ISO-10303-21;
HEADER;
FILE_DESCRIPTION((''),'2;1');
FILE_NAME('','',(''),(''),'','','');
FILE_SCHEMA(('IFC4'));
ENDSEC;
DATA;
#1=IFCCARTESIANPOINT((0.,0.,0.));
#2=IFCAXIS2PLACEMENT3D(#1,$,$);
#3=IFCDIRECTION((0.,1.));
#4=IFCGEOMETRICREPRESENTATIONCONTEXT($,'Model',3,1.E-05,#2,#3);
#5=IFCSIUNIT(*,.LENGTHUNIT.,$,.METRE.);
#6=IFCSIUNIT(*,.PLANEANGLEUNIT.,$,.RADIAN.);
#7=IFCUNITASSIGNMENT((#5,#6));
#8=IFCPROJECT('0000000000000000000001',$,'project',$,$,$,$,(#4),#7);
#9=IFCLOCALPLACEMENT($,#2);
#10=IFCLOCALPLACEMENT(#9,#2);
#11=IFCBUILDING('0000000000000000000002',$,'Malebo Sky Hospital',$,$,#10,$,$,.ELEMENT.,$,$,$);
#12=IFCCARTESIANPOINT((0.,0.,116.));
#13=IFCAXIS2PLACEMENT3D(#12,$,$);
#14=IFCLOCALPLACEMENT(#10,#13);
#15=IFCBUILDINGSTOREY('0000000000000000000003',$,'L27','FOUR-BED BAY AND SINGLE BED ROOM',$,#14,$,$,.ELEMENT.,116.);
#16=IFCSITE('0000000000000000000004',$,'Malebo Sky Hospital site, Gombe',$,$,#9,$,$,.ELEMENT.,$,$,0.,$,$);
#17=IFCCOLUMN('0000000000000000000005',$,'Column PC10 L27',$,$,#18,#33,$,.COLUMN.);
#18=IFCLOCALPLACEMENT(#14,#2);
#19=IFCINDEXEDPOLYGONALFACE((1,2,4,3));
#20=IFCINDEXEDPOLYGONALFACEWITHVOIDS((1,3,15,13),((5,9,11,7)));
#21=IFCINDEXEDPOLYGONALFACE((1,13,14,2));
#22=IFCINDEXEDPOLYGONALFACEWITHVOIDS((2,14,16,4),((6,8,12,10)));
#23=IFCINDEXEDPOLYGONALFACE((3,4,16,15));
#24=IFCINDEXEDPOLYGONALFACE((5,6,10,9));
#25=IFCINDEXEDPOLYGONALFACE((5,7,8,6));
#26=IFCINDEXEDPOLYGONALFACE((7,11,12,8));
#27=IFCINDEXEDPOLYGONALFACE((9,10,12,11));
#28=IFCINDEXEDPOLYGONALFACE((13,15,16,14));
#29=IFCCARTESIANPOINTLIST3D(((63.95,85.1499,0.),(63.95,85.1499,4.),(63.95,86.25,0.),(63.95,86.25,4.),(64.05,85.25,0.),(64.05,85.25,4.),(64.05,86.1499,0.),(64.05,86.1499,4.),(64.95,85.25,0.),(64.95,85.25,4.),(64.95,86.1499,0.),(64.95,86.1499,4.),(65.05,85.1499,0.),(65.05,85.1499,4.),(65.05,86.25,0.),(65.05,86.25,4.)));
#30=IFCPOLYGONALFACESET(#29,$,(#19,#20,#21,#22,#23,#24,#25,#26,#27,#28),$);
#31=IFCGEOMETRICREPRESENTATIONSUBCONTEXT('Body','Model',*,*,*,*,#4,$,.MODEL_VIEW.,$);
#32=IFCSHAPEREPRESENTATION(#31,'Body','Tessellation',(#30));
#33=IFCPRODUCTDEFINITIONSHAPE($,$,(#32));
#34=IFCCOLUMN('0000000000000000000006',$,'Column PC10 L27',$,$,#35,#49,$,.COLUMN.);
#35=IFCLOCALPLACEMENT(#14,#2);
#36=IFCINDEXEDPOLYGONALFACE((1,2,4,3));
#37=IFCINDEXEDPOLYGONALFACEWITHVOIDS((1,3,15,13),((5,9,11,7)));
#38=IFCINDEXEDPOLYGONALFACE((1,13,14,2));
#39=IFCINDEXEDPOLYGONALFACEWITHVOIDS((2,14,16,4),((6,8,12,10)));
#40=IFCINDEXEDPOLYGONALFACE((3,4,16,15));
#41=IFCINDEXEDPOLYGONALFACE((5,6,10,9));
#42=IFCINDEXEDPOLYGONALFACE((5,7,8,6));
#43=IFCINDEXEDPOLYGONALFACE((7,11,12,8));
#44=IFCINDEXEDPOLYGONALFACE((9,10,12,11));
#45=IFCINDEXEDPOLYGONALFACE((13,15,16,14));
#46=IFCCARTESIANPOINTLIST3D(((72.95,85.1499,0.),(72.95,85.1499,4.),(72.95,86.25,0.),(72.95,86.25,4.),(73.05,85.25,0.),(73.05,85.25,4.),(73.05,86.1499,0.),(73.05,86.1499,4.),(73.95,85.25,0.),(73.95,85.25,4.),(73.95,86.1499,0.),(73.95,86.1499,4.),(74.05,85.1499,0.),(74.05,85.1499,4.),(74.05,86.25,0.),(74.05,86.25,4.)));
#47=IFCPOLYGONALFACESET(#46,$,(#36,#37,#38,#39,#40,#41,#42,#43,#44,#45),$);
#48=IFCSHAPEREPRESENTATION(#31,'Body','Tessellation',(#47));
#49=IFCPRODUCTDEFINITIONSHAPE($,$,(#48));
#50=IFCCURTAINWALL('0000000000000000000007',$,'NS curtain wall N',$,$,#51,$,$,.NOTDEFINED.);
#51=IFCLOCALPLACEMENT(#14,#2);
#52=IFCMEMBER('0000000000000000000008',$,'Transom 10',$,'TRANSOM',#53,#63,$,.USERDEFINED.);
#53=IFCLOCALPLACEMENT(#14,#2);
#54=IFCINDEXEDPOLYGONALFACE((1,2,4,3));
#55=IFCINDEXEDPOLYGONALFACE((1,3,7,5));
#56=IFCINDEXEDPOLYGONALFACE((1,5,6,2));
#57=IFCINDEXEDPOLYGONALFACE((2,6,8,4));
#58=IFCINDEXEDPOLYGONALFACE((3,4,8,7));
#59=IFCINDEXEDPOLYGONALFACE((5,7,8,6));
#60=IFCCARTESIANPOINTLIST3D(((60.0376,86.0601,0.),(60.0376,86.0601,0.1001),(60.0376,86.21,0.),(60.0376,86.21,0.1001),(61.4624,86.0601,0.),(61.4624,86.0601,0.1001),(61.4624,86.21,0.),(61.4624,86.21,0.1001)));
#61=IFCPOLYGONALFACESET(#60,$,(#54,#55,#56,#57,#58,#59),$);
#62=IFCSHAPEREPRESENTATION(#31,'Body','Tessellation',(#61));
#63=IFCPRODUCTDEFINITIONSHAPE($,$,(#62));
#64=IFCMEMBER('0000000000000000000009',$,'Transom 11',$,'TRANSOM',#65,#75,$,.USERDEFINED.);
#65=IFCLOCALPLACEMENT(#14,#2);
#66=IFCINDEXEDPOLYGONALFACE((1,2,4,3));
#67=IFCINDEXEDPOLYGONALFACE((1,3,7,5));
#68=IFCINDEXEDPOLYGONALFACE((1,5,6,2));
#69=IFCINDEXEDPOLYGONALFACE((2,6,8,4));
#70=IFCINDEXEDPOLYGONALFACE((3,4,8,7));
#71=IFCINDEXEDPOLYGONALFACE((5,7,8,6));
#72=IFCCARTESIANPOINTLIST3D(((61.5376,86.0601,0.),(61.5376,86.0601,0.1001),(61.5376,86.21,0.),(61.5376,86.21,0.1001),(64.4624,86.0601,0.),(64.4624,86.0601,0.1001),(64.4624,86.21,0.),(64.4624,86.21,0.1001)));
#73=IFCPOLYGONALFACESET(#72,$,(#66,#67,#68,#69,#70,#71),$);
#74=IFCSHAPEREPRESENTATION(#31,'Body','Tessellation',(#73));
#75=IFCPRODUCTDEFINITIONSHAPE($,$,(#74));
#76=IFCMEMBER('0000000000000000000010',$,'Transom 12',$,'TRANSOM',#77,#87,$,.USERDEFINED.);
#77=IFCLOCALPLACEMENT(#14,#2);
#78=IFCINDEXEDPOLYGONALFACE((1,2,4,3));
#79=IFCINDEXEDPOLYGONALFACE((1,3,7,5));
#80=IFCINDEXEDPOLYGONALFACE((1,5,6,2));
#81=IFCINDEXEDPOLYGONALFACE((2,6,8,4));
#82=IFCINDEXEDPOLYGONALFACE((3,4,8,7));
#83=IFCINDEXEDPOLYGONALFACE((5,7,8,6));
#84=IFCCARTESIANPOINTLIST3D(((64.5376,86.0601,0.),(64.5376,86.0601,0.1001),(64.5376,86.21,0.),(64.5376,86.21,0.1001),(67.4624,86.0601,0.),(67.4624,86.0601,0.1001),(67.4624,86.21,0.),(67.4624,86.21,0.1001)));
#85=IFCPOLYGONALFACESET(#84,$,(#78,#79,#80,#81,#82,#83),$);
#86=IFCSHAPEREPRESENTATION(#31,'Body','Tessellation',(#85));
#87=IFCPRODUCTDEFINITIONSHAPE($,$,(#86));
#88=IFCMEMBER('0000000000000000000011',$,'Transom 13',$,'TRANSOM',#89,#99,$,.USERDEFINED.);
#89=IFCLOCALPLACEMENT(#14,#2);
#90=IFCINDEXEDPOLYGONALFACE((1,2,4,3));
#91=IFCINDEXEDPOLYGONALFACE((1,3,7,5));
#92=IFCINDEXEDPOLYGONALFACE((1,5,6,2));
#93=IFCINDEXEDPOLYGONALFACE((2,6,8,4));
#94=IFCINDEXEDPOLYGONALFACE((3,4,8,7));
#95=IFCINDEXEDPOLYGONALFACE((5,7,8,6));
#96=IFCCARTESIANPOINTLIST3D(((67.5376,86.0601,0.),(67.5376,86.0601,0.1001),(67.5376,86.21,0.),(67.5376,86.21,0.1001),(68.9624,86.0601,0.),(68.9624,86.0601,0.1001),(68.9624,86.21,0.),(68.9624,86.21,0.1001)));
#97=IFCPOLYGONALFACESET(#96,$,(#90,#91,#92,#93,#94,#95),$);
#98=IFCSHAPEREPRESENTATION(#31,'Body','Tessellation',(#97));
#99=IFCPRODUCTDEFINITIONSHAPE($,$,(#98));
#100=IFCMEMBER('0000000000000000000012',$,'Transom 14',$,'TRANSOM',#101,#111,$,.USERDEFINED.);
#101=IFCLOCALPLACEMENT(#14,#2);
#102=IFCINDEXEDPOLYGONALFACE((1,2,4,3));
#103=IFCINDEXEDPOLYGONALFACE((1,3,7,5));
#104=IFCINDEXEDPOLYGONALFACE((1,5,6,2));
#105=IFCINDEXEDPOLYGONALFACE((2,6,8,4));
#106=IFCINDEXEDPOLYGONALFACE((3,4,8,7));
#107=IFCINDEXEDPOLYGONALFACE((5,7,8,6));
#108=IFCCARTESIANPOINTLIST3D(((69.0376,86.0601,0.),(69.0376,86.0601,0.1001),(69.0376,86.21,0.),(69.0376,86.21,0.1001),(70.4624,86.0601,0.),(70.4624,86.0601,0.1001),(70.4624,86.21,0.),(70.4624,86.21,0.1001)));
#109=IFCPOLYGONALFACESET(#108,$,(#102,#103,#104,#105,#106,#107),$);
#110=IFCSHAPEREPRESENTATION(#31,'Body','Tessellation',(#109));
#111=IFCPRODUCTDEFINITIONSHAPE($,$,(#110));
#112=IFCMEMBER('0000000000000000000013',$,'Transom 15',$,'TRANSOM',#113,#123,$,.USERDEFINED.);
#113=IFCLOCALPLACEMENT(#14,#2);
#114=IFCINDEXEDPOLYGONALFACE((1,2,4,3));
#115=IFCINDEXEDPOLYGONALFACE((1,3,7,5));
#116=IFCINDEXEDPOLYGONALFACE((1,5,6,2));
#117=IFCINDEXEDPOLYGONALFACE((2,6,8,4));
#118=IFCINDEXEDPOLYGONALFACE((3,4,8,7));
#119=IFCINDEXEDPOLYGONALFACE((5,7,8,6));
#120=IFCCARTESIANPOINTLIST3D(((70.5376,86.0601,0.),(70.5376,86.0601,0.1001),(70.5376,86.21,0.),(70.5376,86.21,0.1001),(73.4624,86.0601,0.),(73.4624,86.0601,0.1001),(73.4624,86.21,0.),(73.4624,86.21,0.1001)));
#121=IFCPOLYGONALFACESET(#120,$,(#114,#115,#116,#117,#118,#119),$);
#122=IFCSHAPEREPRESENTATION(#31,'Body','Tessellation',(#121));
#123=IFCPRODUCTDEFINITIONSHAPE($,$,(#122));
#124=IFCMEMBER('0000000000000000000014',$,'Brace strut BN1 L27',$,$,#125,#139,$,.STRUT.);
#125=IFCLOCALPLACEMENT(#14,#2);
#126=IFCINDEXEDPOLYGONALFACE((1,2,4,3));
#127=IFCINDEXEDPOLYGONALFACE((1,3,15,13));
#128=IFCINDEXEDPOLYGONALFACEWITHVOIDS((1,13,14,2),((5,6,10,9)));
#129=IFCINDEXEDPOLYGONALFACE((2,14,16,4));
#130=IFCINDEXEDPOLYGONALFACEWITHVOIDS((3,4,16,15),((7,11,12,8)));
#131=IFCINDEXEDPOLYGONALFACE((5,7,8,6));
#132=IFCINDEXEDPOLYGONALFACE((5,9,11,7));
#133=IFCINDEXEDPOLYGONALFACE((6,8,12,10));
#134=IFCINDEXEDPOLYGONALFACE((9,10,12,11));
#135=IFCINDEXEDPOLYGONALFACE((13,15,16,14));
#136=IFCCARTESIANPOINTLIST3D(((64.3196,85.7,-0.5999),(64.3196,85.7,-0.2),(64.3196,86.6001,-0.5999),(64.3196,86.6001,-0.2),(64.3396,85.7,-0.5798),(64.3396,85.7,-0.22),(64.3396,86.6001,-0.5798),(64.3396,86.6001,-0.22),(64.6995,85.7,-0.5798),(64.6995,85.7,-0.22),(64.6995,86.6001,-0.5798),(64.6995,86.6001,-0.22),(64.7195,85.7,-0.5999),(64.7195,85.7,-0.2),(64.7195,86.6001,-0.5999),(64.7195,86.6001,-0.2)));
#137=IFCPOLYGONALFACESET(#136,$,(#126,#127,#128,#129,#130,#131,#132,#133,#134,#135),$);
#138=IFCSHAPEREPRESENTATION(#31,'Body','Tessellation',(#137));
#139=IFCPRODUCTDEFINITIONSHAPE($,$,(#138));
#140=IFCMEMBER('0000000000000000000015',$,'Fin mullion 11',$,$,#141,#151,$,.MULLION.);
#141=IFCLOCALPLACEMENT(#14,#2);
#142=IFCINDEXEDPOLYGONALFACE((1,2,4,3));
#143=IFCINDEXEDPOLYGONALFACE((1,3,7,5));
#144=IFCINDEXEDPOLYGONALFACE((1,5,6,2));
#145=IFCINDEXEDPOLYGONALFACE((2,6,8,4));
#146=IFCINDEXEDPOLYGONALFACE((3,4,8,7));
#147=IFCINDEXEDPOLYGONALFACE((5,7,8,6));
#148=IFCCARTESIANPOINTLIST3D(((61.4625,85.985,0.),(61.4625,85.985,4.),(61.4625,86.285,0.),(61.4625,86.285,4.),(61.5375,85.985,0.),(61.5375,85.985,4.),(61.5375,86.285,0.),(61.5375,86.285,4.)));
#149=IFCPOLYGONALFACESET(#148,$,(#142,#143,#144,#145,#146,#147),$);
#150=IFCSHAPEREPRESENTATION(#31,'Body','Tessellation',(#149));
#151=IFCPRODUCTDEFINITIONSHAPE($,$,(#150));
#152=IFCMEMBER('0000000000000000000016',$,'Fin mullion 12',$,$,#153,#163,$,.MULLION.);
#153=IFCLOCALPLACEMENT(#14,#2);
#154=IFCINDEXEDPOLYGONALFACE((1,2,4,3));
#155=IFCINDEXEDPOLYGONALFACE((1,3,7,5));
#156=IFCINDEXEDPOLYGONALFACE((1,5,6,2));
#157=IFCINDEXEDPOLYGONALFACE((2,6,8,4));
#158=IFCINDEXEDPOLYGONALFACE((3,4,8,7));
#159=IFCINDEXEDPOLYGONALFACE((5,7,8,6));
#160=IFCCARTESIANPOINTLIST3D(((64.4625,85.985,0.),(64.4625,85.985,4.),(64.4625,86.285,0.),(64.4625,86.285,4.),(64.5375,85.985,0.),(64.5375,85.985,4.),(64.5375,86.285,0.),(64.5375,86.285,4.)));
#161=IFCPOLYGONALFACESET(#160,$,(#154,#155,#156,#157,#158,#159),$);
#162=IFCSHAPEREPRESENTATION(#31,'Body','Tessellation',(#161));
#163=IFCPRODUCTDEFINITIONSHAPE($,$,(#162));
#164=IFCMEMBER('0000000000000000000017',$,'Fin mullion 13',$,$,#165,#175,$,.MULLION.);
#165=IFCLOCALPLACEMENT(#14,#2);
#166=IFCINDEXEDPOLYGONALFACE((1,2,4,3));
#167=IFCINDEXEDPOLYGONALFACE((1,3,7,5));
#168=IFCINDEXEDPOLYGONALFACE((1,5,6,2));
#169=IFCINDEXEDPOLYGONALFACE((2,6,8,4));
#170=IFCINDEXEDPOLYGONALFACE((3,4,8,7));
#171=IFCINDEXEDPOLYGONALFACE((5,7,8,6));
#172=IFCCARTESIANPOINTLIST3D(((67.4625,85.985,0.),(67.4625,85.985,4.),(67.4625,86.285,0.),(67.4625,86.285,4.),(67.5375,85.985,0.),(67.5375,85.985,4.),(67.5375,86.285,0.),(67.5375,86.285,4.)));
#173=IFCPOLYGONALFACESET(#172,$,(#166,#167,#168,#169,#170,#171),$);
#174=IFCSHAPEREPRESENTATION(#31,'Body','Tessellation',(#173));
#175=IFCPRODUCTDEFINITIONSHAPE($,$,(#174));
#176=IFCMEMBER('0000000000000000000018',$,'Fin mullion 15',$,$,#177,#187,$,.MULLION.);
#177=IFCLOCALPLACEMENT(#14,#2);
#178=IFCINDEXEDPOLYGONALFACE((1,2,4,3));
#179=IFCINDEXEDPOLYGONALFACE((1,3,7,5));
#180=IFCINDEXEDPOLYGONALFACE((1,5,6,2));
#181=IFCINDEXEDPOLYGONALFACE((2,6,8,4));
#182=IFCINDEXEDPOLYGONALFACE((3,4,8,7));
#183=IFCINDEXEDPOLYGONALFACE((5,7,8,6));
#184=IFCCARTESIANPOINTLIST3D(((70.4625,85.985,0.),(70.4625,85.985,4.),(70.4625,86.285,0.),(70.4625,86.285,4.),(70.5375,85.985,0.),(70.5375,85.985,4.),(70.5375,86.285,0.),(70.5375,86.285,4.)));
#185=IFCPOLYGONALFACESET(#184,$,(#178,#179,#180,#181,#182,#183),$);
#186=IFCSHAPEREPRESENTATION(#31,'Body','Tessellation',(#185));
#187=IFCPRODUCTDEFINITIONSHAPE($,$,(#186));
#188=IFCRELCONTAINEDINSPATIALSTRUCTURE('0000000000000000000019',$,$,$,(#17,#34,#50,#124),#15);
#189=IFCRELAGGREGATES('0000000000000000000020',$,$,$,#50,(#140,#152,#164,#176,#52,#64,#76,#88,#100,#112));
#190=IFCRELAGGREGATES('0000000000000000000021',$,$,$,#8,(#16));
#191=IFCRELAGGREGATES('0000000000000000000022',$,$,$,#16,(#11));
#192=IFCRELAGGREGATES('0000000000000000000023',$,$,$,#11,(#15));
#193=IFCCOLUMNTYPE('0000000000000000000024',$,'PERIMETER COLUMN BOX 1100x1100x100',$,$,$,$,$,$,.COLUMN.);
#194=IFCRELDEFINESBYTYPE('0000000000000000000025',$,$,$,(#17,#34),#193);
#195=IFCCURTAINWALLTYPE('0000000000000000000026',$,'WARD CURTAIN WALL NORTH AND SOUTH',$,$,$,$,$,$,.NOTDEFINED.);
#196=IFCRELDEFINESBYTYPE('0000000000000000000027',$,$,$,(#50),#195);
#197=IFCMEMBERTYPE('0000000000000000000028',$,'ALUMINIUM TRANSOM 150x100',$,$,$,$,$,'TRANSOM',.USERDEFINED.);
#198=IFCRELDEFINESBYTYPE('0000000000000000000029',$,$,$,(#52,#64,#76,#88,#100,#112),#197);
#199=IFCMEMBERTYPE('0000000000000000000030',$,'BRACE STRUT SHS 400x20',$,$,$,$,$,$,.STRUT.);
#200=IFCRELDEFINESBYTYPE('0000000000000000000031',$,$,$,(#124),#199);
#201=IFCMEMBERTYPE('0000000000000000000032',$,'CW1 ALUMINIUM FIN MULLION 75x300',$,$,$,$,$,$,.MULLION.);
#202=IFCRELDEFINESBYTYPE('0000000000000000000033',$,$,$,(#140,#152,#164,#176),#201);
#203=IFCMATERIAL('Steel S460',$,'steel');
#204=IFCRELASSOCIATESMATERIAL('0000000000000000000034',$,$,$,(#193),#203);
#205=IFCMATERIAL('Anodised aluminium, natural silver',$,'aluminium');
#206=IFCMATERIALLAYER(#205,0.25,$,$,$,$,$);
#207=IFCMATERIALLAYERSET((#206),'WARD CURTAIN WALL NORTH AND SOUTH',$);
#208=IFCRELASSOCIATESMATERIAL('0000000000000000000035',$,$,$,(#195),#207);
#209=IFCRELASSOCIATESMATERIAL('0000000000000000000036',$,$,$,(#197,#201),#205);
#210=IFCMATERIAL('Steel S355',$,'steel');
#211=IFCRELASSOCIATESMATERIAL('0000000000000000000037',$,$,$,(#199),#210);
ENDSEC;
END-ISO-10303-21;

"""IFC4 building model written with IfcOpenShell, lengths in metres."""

from ifc_helpers import new_model, si_unit, direction, frame, origin, origin_2d, place, context, subcontext, project, spatial, rectangle, hollow_rectangle, extrude, material, layer, layer_set, material_profile, profile_set, type_object, element, aggregate, save


model = new_model("IFC4")

# Units and contexts
model_context = context("Model", 3, precision=1e-05, world=origin(), true_north=direction((0.0, 1.0)))
body_context = subcontext(model_context, "Body", "Model", "MODEL_VIEW")
ifc_project = project(units=[si_unit("LENGTHUNIT", "METRE"), si_unit("PLANEANGLEUNIT", "RADIAN")], contexts=[model_context])

# Site, building, storey
site_placement = place(None, origin())
site = spatial("IfcSite", under=ifc_project, at=site_placement, Name="Malebo Sky Hospital site, Gombe", CompositionType="ELEMENT", RefElevation=0.0)
building_placement = place(site_placement, origin())
building = spatial("IfcBuilding", under=site, at=building_placement, Name="Malebo Sky Hospital", CompositionType="ELEMENT")
storey_placement = place(building_placement, frame((0.0, 0.0, 116.0)))
storey = spatial("IfcBuildingStorey", under=building, at=storey_placement, Name="L27", Description="FOUR-BED BAY AND SINGLE BED ROOM", CompositionType="ELEMENT", Elevation=116.0)

# Columns
ifc_material_1 = material(Name="Steel S460", Category="steel")
ifc_material_profile_1 = material_profile(ifc_material_1, hollow_rectangle(XDim=1.1001, YDim=1.1001, WallThickness=0.1001, at=origin_2d()), Name="BOX 1100x1100x100")
ifc_profile_set_1 = profile_set([ifc_material_profile_1], Name="Steel S460")
column_type = type_object("IfcColumnType", Name="PERIMETER COLUMN BOX 1100x1100x100", PredefinedType="COLUMN", material=ifc_profile_set_1)
for number, where, z_axis, x_axis, name in (
    (1, (64.5, 85.7, 0.0), (0.0, 0.0, 1.0), (1.0, 0.0, 0.0), "Column PC10 L27"),
    (2, (73.5, 85.7, 0.0), (0.0, 0.0, 1.0), (1.0, 0.0, 0.0), "Column PC10 L27"),
):
    element("IfcColumn", number, at=place(storey_placement, frame(where, z_axis=z_axis, x_axis=x_axis)), inside=storey, type_object=column_type, Name=name, PredefinedType="COLUMN", context=body_context, shape_type="SweptSolid", body=[
        extrude(hollow_rectangle(XDim=1.1001, YDim=1.1001, WallThickness=0.1001, at=origin_2d()), origin(), (0.0, 0.0, 1.0), 4.0),
    ])

# Curtain wall, members
ifc_material_2 = material(Name="Anodised aluminium, natural silver", Category="aluminium")
ifc_layer_1 = layer(ifc_material_2, 0.25)
ifc_layer_set_1 = layer_set([ifc_layer_1], Name="WARD CURTAIN WALL NORTH AND SOUTH")
curtain_wall_type = type_object("IfcCurtainWallType", Name="WARD CURTAIN WALL NORTH AND SOUTH", PredefinedType="NOTDEFINED", material=ifc_layer_set_1)
curtain_wall_placement = place(storey_placement, origin())
curtain_wall = element("IfcCurtainWall", 3, at=curtain_wall_placement, inside=storey, type_object=curtain_wall_type, Name="NS curtain wall N", PredefinedType="NOTDEFINED")
ifc_material_profile_2 = material_profile(ifc_material_2, rectangle(XDim=0.1499, YDim=0.1001, at=origin_2d()), Name="ALUMINIUM TRANSOM 150x100")
ifc_profile_set_2 = profile_set([ifc_material_profile_2], Name="Anodised aluminium, natural silver")
member_type_1 = type_object("IfcMemberType", Name="ALUMINIUM TRANSOM 150x100", ElementType="TRANSOM", PredefinedType="USERDEFINED", material=ifc_profile_set_2)
member_1_placement = place(storey_placement, frame((60.0376, 86.135, 0.05), z_axis=(1.0, 0.0, 0.0), x_axis=(0.0, 1.0, 0.0)))
member_1 = element("IfcMember", 4, at=member_1_placement, type_object=member_type_1, Name="Transom 10", ObjectType="TRANSOM", PredefinedType="USERDEFINED", context=body_context, shape_type="SweptSolid", body=[
    extrude(rectangle(XDim=0.1499, YDim=0.1001, at=origin_2d()), origin(), (0.0, 0.0, 1.0), 1.4248),
])
member_2_placement = place(storey_placement, frame((61.5376, 86.135, 0.05), z_axis=(1.0, 0.0, 0.0), x_axis=(0.0, 1.0, 0.0)))
member_2 = element("IfcMember", 5, at=member_2_placement, type_object=member_type_1, Name="Transom 11", ObjectType="TRANSOM", PredefinedType="USERDEFINED", context=body_context, shape_type="SweptSolid", body=[
    extrude(rectangle(XDim=0.1499, YDim=0.1001, at=origin_2d()), origin(), (0.0, 0.0, 1.0), 2.9248),
])
member_3_placement = place(storey_placement, frame((64.5376, 86.135, 0.05), z_axis=(1.0, 0.0, 0.0), x_axis=(0.0, 1.0, 0.0)))
member_3 = element("IfcMember", 6, at=member_3_placement, type_object=member_type_1, Name="Transom 12", ObjectType="TRANSOM", PredefinedType="USERDEFINED", context=body_context, shape_type="SweptSolid", body=[
    extrude(rectangle(XDim=0.1499, YDim=0.1001, at=origin_2d()), origin(), (0.0, 0.0, 1.0), 2.9248),
])
member_4_placement = place(storey_placement, frame((67.5376, 86.135, 0.05), z_axis=(1.0, 0.0, 0.0), x_axis=(0.0, 1.0, 0.0)))
member_4 = element("IfcMember", 7, at=member_4_placement, type_object=member_type_1, Name="Transom 13", ObjectType="TRANSOM", PredefinedType="USERDEFINED", context=body_context, shape_type="SweptSolid", body=[
    extrude(rectangle(XDim=0.1499, YDim=0.1001, at=origin_2d()), origin(), (0.0, 0.0, 1.0), 1.4248),
])
member_5_placement = place(storey_placement, frame((69.0376, 86.135, 0.05), z_axis=(1.0, 0.0, 0.0), x_axis=(0.0, 1.0, 0.0)))
member_5 = element("IfcMember", 8, at=member_5_placement, type_object=member_type_1, Name="Transom 14", ObjectType="TRANSOM", PredefinedType="USERDEFINED", context=body_context, shape_type="SweptSolid", body=[
    extrude(rectangle(XDim=0.1499, YDim=0.1001, at=origin_2d()), origin(), (0.0, 0.0, 1.0), 1.4248),
])
member_6_placement = place(storey_placement, frame((70.5376, 86.135, 0.05), z_axis=(1.0, 0.0, 0.0), x_axis=(0.0, 1.0, 0.0)))
member_6 = element("IfcMember", 9, at=member_6_placement, type_object=member_type_1, Name="Transom 15", ObjectType="TRANSOM", PredefinedType="USERDEFINED", context=body_context, shape_type="SweptSolid", body=[
    extrude(rectangle(XDim=0.1499, YDim=0.1001, at=origin_2d()), origin(), (0.0, 0.0, 1.0), 2.9248),
])

# Members
ifc_material_3 = material(Name="Steel S355", Category="steel")
ifc_material_profile_3 = material_profile(ifc_material_3, hollow_rectangle(XDim=0.3999, YDim=0.3999, WallThickness=0.02, at=origin_2d()), Name="SHS 400x20")
ifc_profile_set_3 = profile_set([ifc_material_profile_3], Name="Steel S355")
member_type_2 = type_object("IfcMemberType", Name="BRACE STRUT SHS 400x20", PredefinedType="STRUT", material=ifc_profile_set_3)
member_7_placement = place(storey_placement, frame((64.5195, 86.6001, -0.3999), z_axis=(0.0, -1.0, 0.0), x_axis=(1.0, 0.0, 0.0)))
element("IfcMember", 10, at=member_7_placement, inside=storey, type_object=member_type_2, Name="Brace strut BN1 L27", PredefinedType="STRUT", context=body_context, shape_type="SweptSolid", body=[
    extrude(hollow_rectangle(XDim=0.3999, YDim=0.3999, WallThickness=0.02, at=origin_2d()), origin(), (0.0, 0.0, 1.0), 0.9001),
])
ifc_material_profile_4 = material_profile(ifc_material_2, rectangle(XDim=0.075, YDim=0.3, at=origin_2d()), Name="CW1 ALUMINIUM FIN MULLION 75x300")
ifc_profile_set_4 = profile_set([ifc_material_profile_4], Name="Anodised aluminium, natural silver")
member_type_3 = type_object("IfcMemberType", Name="CW1 ALUMINIUM FIN MULLION 75x300", PredefinedType="MULLION", material=ifc_profile_set_4)
member_8_placement = place(storey_placement, frame((61.5, 86.135, 0.0), z_axis=(0.0, 0.0, 1.0), x_axis=(1.0, 0.0, 0.0)))
member_8 = element("IfcMember", 11, at=member_8_placement, type_object=member_type_3, Name="Fin mullion 11", PredefinedType="MULLION", context=body_context, shape_type="SweptSolid", body=[
    extrude(rectangle(XDim=0.075, YDim=0.3, at=origin_2d()), origin(), (0.0, 0.0, 1.0), 4.0),
])
member_9_placement = place(storey_placement, frame((64.5, 86.135, 0.0), z_axis=(0.0, 0.0, 1.0), x_axis=(1.0, 0.0, 0.0)))
member_9 = element("IfcMember", 12, at=member_9_placement, type_object=member_type_3, Name="Fin mullion 12", PredefinedType="MULLION", context=body_context, shape_type="SweptSolid", body=[
    extrude(rectangle(XDim=0.075, YDim=0.3, at=origin_2d()), origin(), (0.0, 0.0, 1.0), 4.0),
])
member_10_placement = place(storey_placement, frame((67.5, 86.135, 0.0), z_axis=(0.0, 0.0, 1.0), x_axis=(1.0, 0.0, 0.0)))
member_10 = element("IfcMember", 13, at=member_10_placement, type_object=member_type_3, Name="Fin mullion 13", PredefinedType="MULLION", context=body_context, shape_type="SweptSolid", body=[
    extrude(rectangle(XDim=0.075, YDim=0.3, at=origin_2d()), origin(), (0.0, 0.0, 1.0), 4.0),
])
member_11_placement = place(storey_placement, frame((70.5, 86.135, 0.0), z_axis=(0.0, 0.0, 1.0), x_axis=(1.0, 0.0, 0.0)))
member_11 = element("IfcMember", 14, at=member_11_placement, type_object=member_type_3, Name="Fin mullion 15", PredefinedType="MULLION", context=body_context, shape_type="SweptSolid", body=[
    extrude(rectangle(XDim=0.075, YDim=0.3, at=origin_2d()), origin(), (0.0, 0.0, 1.0), 4.0),
])

aggregate(curtain_wall, [member_8, member_9, member_10, member_11, member_1, member_2, member_3, member_4, member_5, member_6])

save(model, "model.ifc")
